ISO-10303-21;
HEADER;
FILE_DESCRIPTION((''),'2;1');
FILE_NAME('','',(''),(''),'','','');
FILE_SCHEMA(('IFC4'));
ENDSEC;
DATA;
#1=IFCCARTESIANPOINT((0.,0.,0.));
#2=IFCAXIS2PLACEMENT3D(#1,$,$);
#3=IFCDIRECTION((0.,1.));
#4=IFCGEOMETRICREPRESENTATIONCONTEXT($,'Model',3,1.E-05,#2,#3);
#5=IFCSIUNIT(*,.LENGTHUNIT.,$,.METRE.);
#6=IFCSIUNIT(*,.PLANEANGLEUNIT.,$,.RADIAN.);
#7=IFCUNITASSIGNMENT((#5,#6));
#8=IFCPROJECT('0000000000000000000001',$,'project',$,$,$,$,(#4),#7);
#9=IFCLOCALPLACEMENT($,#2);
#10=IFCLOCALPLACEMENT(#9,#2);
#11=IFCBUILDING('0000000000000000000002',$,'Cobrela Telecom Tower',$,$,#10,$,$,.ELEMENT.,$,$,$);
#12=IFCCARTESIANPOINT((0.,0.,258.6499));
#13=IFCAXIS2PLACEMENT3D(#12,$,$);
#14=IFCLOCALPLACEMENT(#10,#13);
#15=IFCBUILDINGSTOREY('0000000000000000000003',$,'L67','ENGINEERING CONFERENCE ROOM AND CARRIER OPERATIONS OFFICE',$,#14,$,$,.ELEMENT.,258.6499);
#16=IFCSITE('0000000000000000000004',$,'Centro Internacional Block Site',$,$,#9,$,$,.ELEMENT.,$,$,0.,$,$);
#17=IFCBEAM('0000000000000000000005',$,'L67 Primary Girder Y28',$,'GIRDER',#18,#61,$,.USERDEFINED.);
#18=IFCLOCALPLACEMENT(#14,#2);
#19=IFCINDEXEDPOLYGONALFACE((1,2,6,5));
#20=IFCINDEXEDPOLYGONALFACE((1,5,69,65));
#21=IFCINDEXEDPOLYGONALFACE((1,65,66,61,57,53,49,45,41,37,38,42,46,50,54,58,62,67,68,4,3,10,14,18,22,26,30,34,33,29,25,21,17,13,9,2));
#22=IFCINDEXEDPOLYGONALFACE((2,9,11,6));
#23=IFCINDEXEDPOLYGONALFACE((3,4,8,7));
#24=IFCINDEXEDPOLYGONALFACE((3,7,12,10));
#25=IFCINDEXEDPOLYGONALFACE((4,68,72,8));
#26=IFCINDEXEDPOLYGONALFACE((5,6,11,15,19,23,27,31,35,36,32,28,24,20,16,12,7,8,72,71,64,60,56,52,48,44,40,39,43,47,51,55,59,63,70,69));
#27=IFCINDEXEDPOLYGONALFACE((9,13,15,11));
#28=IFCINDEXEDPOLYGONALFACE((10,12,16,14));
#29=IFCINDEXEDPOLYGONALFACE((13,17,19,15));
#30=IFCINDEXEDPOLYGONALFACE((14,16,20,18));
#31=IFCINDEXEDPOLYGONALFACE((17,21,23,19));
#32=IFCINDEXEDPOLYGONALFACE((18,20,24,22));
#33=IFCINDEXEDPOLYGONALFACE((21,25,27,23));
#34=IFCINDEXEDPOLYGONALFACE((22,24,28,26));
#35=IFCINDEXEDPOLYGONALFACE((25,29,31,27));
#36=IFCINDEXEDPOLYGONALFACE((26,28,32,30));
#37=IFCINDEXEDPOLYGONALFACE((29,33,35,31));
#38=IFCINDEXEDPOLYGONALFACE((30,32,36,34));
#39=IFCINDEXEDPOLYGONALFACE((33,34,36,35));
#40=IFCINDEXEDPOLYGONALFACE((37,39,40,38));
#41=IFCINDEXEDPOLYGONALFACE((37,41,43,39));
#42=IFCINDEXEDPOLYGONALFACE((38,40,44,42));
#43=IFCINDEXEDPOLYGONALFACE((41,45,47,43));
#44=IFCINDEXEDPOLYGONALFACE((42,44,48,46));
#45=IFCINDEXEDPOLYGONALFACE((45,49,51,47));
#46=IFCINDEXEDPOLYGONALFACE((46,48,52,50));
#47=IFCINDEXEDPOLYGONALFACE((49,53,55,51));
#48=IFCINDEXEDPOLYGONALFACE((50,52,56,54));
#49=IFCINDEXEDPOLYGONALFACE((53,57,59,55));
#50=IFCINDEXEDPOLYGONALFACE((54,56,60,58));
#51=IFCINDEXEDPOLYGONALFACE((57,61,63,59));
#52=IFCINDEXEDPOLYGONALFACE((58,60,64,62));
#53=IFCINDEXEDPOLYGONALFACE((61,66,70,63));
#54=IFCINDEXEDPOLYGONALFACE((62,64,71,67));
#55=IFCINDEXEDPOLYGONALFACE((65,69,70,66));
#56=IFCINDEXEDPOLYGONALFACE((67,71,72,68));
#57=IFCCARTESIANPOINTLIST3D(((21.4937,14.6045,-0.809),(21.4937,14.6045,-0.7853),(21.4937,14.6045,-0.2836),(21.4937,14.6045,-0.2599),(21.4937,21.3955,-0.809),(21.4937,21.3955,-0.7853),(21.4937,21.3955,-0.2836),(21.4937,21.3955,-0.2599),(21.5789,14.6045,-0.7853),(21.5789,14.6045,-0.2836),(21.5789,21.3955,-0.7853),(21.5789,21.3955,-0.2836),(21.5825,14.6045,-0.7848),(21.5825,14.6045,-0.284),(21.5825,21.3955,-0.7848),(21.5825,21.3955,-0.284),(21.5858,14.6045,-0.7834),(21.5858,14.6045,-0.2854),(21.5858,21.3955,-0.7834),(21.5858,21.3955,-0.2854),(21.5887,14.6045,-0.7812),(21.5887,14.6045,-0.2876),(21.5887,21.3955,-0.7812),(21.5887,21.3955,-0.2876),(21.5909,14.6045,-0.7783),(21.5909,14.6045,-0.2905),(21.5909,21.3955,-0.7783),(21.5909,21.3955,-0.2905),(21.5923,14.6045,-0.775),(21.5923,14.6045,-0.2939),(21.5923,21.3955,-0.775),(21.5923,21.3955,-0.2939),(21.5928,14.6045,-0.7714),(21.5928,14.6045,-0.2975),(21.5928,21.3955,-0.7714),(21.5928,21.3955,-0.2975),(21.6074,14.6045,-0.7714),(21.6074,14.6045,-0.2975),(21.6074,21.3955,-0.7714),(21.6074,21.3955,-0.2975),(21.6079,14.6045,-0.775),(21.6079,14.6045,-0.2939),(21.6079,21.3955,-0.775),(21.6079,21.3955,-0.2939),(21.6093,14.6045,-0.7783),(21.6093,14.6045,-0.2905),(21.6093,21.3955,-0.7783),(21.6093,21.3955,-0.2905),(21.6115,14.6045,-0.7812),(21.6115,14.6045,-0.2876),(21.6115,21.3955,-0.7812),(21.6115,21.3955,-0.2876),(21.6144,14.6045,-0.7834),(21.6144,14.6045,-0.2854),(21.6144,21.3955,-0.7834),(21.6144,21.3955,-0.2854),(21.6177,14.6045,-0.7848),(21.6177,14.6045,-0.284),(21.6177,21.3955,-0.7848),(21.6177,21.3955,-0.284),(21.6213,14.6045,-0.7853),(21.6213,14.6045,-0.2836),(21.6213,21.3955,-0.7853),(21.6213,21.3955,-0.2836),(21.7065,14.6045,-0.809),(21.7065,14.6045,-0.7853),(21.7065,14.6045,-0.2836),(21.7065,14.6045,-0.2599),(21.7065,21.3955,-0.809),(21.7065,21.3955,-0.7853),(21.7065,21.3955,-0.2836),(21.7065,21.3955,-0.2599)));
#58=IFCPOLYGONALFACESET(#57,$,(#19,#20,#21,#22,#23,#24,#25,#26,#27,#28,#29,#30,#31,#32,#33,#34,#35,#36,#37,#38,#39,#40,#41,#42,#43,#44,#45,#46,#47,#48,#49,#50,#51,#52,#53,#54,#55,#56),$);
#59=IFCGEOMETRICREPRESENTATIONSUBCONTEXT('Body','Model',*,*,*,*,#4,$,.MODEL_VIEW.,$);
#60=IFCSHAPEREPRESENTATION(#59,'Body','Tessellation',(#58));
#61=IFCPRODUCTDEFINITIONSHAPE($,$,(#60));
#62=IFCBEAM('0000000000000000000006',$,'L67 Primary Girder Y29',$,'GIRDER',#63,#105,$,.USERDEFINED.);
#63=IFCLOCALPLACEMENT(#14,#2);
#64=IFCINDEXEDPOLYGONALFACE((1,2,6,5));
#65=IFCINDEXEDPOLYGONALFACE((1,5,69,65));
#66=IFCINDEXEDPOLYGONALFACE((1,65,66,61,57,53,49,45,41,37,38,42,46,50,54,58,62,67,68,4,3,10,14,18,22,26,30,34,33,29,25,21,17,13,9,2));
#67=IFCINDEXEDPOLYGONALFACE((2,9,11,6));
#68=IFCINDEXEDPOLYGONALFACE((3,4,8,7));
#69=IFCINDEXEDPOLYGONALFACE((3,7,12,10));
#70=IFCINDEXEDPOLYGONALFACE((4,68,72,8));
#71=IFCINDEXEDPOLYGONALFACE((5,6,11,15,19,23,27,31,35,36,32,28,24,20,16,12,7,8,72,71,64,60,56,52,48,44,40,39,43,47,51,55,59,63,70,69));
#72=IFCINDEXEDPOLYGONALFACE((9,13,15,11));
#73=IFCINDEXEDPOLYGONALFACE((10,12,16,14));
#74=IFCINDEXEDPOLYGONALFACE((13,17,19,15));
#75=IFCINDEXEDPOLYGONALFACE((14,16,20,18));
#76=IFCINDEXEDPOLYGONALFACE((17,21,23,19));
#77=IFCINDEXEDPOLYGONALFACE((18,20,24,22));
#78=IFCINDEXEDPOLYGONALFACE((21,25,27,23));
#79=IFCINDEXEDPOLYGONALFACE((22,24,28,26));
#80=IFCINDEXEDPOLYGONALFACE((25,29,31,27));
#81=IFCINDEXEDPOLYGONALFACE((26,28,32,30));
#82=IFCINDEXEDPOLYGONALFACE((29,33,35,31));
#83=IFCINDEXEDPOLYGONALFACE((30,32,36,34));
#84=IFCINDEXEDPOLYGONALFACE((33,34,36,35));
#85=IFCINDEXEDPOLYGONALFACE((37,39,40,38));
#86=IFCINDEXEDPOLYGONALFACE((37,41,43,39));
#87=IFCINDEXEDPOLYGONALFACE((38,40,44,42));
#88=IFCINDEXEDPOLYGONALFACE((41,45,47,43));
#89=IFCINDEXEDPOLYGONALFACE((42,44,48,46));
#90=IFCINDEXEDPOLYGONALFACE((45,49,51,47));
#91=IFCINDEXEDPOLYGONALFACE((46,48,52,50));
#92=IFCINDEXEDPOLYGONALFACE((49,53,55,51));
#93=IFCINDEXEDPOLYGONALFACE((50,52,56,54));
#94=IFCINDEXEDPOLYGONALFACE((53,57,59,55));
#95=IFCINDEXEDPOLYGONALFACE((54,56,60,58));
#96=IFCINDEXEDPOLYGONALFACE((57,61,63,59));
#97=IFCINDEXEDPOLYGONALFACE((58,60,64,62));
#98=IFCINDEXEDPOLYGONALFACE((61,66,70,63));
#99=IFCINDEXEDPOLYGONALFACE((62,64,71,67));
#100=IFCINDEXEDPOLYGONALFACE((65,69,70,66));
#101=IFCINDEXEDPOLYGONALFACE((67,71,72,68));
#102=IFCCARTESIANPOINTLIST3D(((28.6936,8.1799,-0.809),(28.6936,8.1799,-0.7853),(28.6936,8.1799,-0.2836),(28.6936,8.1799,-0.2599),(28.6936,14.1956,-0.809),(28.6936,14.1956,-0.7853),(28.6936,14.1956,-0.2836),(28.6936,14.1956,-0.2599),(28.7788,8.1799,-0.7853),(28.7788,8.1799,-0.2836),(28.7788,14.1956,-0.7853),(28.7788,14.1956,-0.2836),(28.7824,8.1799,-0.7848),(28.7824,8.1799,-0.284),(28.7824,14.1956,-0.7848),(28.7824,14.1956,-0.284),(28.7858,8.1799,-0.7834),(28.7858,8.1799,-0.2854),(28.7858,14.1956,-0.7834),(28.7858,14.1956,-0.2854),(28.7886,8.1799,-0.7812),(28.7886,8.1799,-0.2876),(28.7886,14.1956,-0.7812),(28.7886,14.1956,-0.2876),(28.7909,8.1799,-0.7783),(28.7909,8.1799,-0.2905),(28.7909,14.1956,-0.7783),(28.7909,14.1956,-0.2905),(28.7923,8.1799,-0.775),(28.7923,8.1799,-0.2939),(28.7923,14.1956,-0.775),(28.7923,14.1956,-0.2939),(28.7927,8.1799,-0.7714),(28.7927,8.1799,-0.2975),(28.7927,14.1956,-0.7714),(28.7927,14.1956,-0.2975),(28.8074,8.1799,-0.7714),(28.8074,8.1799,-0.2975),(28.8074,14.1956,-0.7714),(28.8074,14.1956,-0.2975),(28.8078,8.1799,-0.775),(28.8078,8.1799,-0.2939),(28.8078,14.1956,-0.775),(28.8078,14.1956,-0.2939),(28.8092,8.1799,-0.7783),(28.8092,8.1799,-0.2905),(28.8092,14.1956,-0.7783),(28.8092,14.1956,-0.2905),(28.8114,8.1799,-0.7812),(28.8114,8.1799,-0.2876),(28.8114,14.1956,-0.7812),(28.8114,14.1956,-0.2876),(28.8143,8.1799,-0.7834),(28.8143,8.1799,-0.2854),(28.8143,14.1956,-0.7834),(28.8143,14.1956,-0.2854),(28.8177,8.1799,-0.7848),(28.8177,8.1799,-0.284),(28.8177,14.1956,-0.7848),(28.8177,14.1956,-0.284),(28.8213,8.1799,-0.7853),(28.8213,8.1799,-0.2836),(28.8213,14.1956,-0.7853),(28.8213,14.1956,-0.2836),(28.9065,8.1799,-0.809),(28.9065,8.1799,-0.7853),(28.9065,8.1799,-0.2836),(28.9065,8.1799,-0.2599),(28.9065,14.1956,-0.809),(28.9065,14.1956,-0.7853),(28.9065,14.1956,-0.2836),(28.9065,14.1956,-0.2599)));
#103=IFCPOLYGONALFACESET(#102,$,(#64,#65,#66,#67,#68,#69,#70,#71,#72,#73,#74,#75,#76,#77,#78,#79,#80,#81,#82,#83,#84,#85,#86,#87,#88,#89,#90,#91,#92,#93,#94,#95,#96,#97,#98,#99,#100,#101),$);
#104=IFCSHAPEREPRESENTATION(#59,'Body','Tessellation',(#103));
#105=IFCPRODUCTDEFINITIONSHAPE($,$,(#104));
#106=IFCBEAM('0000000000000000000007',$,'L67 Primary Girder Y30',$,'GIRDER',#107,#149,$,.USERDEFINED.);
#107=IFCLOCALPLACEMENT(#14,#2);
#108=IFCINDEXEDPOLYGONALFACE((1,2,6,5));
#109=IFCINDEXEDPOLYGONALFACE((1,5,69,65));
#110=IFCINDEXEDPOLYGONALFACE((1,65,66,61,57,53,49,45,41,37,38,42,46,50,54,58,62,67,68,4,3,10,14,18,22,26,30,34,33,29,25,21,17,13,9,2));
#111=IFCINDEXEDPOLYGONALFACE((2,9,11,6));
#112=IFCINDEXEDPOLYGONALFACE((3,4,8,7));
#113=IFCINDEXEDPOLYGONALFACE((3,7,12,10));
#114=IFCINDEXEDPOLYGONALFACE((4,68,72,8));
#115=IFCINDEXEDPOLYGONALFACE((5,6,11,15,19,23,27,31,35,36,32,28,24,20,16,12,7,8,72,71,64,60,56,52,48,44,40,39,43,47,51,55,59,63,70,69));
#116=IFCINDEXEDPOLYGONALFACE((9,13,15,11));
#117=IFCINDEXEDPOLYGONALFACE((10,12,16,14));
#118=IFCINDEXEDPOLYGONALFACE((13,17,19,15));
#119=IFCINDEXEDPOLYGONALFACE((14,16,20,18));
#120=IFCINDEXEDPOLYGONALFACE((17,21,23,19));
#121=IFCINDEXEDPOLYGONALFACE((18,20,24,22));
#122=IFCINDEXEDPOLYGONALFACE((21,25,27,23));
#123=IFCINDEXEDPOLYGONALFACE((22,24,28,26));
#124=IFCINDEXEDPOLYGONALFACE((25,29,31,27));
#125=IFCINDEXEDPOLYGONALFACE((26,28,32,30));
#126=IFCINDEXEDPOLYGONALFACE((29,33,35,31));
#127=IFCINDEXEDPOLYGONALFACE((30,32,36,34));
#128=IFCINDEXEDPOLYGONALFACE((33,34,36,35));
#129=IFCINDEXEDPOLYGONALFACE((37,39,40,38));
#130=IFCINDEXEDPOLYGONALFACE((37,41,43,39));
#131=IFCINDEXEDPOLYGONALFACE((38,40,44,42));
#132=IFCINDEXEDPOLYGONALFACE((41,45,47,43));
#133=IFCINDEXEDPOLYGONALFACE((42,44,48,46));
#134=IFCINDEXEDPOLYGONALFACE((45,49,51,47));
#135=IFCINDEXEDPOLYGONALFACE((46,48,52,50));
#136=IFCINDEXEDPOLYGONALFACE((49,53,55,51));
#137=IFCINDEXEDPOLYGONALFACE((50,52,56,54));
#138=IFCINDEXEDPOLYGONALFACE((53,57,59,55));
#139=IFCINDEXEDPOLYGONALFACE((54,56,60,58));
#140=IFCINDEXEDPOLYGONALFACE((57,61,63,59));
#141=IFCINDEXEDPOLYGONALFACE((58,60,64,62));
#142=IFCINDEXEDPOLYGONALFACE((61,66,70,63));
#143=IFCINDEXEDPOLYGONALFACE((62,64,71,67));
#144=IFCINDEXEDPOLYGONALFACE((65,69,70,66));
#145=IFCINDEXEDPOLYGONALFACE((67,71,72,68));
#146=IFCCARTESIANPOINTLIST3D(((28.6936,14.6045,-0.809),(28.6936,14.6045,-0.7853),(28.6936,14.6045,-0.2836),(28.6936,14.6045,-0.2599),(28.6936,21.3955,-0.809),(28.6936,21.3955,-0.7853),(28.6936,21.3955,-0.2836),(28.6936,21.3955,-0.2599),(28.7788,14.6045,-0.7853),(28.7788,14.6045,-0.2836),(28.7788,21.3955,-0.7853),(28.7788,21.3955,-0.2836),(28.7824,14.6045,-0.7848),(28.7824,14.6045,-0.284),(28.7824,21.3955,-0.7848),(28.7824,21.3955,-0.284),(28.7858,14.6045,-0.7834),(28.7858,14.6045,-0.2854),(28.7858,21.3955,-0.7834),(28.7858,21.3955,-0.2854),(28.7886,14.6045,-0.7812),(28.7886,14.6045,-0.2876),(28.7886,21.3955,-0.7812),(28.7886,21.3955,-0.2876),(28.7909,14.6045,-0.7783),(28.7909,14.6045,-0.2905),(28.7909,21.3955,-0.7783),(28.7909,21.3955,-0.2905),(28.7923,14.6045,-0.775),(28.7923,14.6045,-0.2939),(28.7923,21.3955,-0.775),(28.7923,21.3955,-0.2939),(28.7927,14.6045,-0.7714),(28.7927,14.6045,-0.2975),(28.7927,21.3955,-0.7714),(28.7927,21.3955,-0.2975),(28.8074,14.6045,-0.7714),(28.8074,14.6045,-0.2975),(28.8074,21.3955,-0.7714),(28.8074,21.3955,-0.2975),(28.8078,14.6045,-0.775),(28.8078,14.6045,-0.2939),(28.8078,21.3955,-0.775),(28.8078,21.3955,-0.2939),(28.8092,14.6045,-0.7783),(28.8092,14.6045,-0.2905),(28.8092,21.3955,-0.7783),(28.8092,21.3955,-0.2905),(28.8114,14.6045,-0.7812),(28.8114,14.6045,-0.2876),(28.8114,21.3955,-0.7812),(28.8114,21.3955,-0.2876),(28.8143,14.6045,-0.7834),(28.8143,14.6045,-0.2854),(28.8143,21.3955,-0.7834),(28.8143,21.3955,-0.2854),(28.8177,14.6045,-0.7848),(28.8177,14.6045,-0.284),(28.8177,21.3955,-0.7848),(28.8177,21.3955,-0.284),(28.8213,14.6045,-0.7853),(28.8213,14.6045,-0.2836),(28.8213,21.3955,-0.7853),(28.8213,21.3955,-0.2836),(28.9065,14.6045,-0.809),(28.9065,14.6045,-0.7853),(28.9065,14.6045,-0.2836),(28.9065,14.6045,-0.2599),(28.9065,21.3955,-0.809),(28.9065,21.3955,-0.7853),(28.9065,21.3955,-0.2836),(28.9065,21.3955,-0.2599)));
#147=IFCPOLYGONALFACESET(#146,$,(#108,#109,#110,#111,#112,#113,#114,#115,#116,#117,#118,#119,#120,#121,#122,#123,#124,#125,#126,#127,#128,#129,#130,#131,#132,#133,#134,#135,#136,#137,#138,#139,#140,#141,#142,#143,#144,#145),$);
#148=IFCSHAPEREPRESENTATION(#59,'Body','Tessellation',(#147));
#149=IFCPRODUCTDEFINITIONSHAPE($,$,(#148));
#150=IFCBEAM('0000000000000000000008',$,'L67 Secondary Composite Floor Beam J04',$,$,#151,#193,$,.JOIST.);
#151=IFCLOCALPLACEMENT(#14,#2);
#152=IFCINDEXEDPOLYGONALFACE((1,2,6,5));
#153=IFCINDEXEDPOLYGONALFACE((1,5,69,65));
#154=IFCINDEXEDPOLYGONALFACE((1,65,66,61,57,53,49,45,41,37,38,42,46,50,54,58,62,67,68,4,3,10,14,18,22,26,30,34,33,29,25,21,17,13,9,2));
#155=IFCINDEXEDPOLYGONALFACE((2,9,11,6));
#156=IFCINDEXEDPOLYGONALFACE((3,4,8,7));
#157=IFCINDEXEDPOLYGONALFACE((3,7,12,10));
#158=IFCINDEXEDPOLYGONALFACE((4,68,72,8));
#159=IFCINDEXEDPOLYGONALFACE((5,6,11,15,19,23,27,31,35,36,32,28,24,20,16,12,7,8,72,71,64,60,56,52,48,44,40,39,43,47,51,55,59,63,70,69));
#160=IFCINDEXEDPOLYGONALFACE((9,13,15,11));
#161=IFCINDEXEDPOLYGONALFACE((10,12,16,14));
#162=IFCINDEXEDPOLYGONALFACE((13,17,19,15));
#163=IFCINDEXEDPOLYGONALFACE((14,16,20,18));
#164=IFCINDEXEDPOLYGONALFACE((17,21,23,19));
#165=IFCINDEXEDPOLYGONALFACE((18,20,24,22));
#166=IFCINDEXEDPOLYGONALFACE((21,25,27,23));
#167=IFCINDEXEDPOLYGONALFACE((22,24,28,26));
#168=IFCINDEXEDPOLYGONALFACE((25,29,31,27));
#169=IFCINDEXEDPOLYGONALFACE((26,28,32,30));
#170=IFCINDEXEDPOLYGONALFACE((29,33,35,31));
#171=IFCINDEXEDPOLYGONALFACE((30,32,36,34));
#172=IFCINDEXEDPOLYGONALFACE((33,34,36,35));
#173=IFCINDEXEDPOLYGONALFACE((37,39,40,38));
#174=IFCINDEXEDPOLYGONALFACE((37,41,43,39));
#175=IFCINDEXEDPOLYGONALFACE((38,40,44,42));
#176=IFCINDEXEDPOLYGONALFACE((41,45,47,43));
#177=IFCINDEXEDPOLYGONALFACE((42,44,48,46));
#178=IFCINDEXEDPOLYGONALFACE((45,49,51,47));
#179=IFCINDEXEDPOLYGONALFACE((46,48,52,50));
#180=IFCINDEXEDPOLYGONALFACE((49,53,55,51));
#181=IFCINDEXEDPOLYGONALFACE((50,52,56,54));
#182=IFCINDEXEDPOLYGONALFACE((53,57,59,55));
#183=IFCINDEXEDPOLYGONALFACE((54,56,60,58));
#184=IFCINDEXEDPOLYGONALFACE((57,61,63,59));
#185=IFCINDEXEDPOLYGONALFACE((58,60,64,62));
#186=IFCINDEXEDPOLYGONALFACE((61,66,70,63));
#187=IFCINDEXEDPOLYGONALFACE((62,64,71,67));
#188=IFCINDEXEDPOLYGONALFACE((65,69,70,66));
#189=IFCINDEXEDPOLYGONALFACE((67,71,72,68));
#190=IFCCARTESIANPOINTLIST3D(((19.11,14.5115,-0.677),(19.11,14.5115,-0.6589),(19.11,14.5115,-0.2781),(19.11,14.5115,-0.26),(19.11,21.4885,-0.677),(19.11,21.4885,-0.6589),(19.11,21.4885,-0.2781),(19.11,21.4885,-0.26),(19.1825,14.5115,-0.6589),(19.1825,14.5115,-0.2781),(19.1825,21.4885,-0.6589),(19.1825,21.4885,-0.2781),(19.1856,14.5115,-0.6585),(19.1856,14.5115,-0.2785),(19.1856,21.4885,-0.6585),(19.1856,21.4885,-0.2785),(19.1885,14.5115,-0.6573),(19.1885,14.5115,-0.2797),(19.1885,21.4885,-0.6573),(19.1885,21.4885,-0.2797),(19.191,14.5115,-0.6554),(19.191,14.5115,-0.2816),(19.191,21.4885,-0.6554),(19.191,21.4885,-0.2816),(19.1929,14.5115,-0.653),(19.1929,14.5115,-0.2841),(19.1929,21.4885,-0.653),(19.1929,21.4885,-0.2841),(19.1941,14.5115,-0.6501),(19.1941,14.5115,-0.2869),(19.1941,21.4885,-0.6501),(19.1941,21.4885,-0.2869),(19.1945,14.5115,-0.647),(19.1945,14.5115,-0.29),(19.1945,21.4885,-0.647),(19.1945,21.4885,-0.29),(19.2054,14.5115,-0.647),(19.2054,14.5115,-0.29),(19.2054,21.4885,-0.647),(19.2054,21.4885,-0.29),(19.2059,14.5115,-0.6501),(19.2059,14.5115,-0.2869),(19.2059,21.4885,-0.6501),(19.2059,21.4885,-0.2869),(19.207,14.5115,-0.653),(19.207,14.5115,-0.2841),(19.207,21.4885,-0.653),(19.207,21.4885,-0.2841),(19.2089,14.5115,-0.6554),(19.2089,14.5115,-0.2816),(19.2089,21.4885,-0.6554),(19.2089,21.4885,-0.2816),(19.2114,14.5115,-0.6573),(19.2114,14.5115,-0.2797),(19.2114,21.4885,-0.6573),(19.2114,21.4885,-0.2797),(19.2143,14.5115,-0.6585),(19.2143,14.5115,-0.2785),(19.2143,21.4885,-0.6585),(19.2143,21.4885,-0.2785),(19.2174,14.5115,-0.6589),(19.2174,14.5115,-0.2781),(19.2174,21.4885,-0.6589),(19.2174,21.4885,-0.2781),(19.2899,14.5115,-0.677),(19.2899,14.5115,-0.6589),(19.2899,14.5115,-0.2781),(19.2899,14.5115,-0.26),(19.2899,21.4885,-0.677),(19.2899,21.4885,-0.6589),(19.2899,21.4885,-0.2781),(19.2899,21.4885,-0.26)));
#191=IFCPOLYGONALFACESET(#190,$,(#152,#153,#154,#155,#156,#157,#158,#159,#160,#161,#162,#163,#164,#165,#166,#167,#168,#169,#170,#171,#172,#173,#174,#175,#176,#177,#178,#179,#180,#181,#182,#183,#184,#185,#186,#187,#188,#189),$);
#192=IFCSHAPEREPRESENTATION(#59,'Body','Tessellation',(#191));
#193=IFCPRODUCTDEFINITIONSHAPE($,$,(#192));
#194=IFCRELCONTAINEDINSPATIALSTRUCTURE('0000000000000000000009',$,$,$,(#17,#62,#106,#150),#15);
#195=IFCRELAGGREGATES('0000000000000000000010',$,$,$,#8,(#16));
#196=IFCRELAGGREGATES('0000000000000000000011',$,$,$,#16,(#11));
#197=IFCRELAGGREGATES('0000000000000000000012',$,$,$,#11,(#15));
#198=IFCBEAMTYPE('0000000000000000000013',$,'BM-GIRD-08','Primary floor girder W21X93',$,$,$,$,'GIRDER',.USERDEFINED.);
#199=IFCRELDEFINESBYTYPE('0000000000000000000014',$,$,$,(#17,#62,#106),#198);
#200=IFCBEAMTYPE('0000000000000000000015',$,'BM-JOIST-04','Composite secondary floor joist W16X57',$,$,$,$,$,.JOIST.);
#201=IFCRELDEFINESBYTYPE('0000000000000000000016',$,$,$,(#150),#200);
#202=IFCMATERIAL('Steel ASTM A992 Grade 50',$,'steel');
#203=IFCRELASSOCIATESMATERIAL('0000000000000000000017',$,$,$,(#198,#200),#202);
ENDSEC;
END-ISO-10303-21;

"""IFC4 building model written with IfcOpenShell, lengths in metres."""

from ifc_helpers import new_model, si_unit, direction, frame, origin, origin_2d, place, context, subcontext, project, spatial, i_section, extrude, material, material_profile, profile_set, type_object, element, save


model = new_model("IFC4")

# Units and contexts
model_context = context("Model", 3, precision=1e-05, world=origin(), true_north=direction((0.0, 1.0)))
body_context = subcontext(model_context, "Body", "Model", "MODEL_VIEW")
ifc_project = project(units=[si_unit("LENGTHUNIT", "METRE"), si_unit("PLANEANGLEUNIT", "RADIAN")], contexts=[model_context])

# Site, building, storey
site_placement = place(None, origin())
site = spatial("IfcSite", under=ifc_project, at=site_placement, Name="Centro Internacional Block Site", CompositionType="ELEMENT", RefElevation=0.0)
building_placement = place(site_placement, origin())
building = spatial("IfcBuilding", under=site, at=building_placement, Name="Cobrela Telecom Tower", CompositionType="ELEMENT")
storey_placement = place(building_placement, frame((0.0, 0.0, 258.6499)))
storey = spatial("IfcBuildingStorey", under=building, at=storey_placement, Name="L67", Description="ENGINEERING CONFERENCE ROOM AND CARRIER OPERATIONS OFFICE", CompositionType="ELEMENT", Elevation=258.6499)

# Shared definitions
ifc_material_1 = material(Name="Steel ASTM A992 Grade 50", Category="steel")

# Beams
ifc_material_profile_1 = material_profile(ifc_material_1, i_section(OverallWidth=0.2129, OverallDepth=0.5491, WebThickness=0.0146, FlangeThickness=0.0237, FilletRadius=0.0139, at=origin_2d()), Name="W21X93")
ifc_profile_set_1 = profile_set([ifc_material_profile_1], Name="Steel ASTM A992 Grade 50")
beam_type_1 = type_object("IfcBeamType", Name="BM-GIRD-08", Description="Primary floor girder W21X93", ElementType="GIRDER", PredefinedType="USERDEFINED", material=ifc_profile_set_1)
beam_1_placement = place(storey_placement, frame((21.6001, 14.6045, -0.5344), z_axis=(0.0, 1.0, 0.0), x_axis=(-1.0, 0.0, 0.0)))
element("IfcBeam", 1, at=beam_1_placement, inside=storey, type_object=beam_type_1, Name="L67 Primary Girder Y28", ObjectType="GIRDER", PredefinedType="USERDEFINED", context=body_context, shape_type="SweptSolid", body=[
    extrude(i_section(OverallWidth=0.2129, OverallDepth=0.5491, WebThickness=0.0146, FlangeThickness=0.0237, FilletRadius=0.0139, at=origin_2d()), origin(), (0.0, 0.0, 1.0), 6.791),
])
beam_2_placement = place(storey_placement, frame((28.8, 8.1799, -0.5344), z_axis=(0.0, 1.0, 0.0), x_axis=(-1.0, 0.0, 0.0)))
element("IfcBeam", 2, at=beam_2_placement, inside=storey, type_object=beam_type_1, Name="L67 Primary Girder Y29", ObjectType="GIRDER", PredefinedType="USERDEFINED", context=body_context, shape_type="SweptSolid", body=[
    extrude(i_section(OverallWidth=0.2129, OverallDepth=0.5491, WebThickness=0.0146, FlangeThickness=0.0237, FilletRadius=0.0139, at=origin_2d()), origin(), (0.0, 0.0, 1.0), 6.0156),
])
beam_3_placement = place(storey_placement, frame((28.8, 14.6045, -0.5344), z_axis=(0.0, 1.0, 0.0), x_axis=(-1.0, 0.0, 0.0)))
element("IfcBeam", 3, at=beam_3_placement, inside=storey, type_object=beam_type_1, Name="L67 Primary Girder Y30", ObjectType="GIRDER", PredefinedType="USERDEFINED", context=body_context, shape_type="SweptSolid", body=[
    extrude(i_section(OverallWidth=0.2129, OverallDepth=0.5491, WebThickness=0.0146, FlangeThickness=0.0237, FilletRadius=0.0139, at=origin_2d()), origin(), (0.0, 0.0, 1.0), 6.791),
])
ifc_material_profile_2 = material_profile(ifc_material_1, i_section(OverallWidth=0.1799, OverallDepth=0.417, WebThickness=0.011, FlangeThickness=0.0181, FilletRadius=0.012, at=origin_2d()), Name="W16X57")
ifc_profile_set_2 = profile_set([ifc_material_profile_2], Name="Steel ASTM A992 Grade 50")
beam_type_2 = type_object("IfcBeamType", Name="BM-JOIST-04", Description="Composite secondary floor joist W16X57", PredefinedType="JOIST", material=ifc_profile_set_2)
beam_4_placement = place(storey_placement, frame((19.2, 14.5115, -0.4685), z_axis=(0.0, 1.0, 0.0), x_axis=(-1.0, 0.0, 0.0)))
element("IfcBeam", 4, at=beam_4_placement, inside=storey, type_object=beam_type_2, Name="L67 Secondary Composite Floor Beam J04", PredefinedType="JOIST", context=body_context, shape_type="SweptSolid", body=[
    extrude(i_section(OverallWidth=0.1799, OverallDepth=0.417, WebThickness=0.011, FlangeThickness=0.0181, FilletRadius=0.012, at=origin_2d()), origin(), (0.0, 0.0, 1.0), 6.9771),
])

save(model, "model.ifc")
